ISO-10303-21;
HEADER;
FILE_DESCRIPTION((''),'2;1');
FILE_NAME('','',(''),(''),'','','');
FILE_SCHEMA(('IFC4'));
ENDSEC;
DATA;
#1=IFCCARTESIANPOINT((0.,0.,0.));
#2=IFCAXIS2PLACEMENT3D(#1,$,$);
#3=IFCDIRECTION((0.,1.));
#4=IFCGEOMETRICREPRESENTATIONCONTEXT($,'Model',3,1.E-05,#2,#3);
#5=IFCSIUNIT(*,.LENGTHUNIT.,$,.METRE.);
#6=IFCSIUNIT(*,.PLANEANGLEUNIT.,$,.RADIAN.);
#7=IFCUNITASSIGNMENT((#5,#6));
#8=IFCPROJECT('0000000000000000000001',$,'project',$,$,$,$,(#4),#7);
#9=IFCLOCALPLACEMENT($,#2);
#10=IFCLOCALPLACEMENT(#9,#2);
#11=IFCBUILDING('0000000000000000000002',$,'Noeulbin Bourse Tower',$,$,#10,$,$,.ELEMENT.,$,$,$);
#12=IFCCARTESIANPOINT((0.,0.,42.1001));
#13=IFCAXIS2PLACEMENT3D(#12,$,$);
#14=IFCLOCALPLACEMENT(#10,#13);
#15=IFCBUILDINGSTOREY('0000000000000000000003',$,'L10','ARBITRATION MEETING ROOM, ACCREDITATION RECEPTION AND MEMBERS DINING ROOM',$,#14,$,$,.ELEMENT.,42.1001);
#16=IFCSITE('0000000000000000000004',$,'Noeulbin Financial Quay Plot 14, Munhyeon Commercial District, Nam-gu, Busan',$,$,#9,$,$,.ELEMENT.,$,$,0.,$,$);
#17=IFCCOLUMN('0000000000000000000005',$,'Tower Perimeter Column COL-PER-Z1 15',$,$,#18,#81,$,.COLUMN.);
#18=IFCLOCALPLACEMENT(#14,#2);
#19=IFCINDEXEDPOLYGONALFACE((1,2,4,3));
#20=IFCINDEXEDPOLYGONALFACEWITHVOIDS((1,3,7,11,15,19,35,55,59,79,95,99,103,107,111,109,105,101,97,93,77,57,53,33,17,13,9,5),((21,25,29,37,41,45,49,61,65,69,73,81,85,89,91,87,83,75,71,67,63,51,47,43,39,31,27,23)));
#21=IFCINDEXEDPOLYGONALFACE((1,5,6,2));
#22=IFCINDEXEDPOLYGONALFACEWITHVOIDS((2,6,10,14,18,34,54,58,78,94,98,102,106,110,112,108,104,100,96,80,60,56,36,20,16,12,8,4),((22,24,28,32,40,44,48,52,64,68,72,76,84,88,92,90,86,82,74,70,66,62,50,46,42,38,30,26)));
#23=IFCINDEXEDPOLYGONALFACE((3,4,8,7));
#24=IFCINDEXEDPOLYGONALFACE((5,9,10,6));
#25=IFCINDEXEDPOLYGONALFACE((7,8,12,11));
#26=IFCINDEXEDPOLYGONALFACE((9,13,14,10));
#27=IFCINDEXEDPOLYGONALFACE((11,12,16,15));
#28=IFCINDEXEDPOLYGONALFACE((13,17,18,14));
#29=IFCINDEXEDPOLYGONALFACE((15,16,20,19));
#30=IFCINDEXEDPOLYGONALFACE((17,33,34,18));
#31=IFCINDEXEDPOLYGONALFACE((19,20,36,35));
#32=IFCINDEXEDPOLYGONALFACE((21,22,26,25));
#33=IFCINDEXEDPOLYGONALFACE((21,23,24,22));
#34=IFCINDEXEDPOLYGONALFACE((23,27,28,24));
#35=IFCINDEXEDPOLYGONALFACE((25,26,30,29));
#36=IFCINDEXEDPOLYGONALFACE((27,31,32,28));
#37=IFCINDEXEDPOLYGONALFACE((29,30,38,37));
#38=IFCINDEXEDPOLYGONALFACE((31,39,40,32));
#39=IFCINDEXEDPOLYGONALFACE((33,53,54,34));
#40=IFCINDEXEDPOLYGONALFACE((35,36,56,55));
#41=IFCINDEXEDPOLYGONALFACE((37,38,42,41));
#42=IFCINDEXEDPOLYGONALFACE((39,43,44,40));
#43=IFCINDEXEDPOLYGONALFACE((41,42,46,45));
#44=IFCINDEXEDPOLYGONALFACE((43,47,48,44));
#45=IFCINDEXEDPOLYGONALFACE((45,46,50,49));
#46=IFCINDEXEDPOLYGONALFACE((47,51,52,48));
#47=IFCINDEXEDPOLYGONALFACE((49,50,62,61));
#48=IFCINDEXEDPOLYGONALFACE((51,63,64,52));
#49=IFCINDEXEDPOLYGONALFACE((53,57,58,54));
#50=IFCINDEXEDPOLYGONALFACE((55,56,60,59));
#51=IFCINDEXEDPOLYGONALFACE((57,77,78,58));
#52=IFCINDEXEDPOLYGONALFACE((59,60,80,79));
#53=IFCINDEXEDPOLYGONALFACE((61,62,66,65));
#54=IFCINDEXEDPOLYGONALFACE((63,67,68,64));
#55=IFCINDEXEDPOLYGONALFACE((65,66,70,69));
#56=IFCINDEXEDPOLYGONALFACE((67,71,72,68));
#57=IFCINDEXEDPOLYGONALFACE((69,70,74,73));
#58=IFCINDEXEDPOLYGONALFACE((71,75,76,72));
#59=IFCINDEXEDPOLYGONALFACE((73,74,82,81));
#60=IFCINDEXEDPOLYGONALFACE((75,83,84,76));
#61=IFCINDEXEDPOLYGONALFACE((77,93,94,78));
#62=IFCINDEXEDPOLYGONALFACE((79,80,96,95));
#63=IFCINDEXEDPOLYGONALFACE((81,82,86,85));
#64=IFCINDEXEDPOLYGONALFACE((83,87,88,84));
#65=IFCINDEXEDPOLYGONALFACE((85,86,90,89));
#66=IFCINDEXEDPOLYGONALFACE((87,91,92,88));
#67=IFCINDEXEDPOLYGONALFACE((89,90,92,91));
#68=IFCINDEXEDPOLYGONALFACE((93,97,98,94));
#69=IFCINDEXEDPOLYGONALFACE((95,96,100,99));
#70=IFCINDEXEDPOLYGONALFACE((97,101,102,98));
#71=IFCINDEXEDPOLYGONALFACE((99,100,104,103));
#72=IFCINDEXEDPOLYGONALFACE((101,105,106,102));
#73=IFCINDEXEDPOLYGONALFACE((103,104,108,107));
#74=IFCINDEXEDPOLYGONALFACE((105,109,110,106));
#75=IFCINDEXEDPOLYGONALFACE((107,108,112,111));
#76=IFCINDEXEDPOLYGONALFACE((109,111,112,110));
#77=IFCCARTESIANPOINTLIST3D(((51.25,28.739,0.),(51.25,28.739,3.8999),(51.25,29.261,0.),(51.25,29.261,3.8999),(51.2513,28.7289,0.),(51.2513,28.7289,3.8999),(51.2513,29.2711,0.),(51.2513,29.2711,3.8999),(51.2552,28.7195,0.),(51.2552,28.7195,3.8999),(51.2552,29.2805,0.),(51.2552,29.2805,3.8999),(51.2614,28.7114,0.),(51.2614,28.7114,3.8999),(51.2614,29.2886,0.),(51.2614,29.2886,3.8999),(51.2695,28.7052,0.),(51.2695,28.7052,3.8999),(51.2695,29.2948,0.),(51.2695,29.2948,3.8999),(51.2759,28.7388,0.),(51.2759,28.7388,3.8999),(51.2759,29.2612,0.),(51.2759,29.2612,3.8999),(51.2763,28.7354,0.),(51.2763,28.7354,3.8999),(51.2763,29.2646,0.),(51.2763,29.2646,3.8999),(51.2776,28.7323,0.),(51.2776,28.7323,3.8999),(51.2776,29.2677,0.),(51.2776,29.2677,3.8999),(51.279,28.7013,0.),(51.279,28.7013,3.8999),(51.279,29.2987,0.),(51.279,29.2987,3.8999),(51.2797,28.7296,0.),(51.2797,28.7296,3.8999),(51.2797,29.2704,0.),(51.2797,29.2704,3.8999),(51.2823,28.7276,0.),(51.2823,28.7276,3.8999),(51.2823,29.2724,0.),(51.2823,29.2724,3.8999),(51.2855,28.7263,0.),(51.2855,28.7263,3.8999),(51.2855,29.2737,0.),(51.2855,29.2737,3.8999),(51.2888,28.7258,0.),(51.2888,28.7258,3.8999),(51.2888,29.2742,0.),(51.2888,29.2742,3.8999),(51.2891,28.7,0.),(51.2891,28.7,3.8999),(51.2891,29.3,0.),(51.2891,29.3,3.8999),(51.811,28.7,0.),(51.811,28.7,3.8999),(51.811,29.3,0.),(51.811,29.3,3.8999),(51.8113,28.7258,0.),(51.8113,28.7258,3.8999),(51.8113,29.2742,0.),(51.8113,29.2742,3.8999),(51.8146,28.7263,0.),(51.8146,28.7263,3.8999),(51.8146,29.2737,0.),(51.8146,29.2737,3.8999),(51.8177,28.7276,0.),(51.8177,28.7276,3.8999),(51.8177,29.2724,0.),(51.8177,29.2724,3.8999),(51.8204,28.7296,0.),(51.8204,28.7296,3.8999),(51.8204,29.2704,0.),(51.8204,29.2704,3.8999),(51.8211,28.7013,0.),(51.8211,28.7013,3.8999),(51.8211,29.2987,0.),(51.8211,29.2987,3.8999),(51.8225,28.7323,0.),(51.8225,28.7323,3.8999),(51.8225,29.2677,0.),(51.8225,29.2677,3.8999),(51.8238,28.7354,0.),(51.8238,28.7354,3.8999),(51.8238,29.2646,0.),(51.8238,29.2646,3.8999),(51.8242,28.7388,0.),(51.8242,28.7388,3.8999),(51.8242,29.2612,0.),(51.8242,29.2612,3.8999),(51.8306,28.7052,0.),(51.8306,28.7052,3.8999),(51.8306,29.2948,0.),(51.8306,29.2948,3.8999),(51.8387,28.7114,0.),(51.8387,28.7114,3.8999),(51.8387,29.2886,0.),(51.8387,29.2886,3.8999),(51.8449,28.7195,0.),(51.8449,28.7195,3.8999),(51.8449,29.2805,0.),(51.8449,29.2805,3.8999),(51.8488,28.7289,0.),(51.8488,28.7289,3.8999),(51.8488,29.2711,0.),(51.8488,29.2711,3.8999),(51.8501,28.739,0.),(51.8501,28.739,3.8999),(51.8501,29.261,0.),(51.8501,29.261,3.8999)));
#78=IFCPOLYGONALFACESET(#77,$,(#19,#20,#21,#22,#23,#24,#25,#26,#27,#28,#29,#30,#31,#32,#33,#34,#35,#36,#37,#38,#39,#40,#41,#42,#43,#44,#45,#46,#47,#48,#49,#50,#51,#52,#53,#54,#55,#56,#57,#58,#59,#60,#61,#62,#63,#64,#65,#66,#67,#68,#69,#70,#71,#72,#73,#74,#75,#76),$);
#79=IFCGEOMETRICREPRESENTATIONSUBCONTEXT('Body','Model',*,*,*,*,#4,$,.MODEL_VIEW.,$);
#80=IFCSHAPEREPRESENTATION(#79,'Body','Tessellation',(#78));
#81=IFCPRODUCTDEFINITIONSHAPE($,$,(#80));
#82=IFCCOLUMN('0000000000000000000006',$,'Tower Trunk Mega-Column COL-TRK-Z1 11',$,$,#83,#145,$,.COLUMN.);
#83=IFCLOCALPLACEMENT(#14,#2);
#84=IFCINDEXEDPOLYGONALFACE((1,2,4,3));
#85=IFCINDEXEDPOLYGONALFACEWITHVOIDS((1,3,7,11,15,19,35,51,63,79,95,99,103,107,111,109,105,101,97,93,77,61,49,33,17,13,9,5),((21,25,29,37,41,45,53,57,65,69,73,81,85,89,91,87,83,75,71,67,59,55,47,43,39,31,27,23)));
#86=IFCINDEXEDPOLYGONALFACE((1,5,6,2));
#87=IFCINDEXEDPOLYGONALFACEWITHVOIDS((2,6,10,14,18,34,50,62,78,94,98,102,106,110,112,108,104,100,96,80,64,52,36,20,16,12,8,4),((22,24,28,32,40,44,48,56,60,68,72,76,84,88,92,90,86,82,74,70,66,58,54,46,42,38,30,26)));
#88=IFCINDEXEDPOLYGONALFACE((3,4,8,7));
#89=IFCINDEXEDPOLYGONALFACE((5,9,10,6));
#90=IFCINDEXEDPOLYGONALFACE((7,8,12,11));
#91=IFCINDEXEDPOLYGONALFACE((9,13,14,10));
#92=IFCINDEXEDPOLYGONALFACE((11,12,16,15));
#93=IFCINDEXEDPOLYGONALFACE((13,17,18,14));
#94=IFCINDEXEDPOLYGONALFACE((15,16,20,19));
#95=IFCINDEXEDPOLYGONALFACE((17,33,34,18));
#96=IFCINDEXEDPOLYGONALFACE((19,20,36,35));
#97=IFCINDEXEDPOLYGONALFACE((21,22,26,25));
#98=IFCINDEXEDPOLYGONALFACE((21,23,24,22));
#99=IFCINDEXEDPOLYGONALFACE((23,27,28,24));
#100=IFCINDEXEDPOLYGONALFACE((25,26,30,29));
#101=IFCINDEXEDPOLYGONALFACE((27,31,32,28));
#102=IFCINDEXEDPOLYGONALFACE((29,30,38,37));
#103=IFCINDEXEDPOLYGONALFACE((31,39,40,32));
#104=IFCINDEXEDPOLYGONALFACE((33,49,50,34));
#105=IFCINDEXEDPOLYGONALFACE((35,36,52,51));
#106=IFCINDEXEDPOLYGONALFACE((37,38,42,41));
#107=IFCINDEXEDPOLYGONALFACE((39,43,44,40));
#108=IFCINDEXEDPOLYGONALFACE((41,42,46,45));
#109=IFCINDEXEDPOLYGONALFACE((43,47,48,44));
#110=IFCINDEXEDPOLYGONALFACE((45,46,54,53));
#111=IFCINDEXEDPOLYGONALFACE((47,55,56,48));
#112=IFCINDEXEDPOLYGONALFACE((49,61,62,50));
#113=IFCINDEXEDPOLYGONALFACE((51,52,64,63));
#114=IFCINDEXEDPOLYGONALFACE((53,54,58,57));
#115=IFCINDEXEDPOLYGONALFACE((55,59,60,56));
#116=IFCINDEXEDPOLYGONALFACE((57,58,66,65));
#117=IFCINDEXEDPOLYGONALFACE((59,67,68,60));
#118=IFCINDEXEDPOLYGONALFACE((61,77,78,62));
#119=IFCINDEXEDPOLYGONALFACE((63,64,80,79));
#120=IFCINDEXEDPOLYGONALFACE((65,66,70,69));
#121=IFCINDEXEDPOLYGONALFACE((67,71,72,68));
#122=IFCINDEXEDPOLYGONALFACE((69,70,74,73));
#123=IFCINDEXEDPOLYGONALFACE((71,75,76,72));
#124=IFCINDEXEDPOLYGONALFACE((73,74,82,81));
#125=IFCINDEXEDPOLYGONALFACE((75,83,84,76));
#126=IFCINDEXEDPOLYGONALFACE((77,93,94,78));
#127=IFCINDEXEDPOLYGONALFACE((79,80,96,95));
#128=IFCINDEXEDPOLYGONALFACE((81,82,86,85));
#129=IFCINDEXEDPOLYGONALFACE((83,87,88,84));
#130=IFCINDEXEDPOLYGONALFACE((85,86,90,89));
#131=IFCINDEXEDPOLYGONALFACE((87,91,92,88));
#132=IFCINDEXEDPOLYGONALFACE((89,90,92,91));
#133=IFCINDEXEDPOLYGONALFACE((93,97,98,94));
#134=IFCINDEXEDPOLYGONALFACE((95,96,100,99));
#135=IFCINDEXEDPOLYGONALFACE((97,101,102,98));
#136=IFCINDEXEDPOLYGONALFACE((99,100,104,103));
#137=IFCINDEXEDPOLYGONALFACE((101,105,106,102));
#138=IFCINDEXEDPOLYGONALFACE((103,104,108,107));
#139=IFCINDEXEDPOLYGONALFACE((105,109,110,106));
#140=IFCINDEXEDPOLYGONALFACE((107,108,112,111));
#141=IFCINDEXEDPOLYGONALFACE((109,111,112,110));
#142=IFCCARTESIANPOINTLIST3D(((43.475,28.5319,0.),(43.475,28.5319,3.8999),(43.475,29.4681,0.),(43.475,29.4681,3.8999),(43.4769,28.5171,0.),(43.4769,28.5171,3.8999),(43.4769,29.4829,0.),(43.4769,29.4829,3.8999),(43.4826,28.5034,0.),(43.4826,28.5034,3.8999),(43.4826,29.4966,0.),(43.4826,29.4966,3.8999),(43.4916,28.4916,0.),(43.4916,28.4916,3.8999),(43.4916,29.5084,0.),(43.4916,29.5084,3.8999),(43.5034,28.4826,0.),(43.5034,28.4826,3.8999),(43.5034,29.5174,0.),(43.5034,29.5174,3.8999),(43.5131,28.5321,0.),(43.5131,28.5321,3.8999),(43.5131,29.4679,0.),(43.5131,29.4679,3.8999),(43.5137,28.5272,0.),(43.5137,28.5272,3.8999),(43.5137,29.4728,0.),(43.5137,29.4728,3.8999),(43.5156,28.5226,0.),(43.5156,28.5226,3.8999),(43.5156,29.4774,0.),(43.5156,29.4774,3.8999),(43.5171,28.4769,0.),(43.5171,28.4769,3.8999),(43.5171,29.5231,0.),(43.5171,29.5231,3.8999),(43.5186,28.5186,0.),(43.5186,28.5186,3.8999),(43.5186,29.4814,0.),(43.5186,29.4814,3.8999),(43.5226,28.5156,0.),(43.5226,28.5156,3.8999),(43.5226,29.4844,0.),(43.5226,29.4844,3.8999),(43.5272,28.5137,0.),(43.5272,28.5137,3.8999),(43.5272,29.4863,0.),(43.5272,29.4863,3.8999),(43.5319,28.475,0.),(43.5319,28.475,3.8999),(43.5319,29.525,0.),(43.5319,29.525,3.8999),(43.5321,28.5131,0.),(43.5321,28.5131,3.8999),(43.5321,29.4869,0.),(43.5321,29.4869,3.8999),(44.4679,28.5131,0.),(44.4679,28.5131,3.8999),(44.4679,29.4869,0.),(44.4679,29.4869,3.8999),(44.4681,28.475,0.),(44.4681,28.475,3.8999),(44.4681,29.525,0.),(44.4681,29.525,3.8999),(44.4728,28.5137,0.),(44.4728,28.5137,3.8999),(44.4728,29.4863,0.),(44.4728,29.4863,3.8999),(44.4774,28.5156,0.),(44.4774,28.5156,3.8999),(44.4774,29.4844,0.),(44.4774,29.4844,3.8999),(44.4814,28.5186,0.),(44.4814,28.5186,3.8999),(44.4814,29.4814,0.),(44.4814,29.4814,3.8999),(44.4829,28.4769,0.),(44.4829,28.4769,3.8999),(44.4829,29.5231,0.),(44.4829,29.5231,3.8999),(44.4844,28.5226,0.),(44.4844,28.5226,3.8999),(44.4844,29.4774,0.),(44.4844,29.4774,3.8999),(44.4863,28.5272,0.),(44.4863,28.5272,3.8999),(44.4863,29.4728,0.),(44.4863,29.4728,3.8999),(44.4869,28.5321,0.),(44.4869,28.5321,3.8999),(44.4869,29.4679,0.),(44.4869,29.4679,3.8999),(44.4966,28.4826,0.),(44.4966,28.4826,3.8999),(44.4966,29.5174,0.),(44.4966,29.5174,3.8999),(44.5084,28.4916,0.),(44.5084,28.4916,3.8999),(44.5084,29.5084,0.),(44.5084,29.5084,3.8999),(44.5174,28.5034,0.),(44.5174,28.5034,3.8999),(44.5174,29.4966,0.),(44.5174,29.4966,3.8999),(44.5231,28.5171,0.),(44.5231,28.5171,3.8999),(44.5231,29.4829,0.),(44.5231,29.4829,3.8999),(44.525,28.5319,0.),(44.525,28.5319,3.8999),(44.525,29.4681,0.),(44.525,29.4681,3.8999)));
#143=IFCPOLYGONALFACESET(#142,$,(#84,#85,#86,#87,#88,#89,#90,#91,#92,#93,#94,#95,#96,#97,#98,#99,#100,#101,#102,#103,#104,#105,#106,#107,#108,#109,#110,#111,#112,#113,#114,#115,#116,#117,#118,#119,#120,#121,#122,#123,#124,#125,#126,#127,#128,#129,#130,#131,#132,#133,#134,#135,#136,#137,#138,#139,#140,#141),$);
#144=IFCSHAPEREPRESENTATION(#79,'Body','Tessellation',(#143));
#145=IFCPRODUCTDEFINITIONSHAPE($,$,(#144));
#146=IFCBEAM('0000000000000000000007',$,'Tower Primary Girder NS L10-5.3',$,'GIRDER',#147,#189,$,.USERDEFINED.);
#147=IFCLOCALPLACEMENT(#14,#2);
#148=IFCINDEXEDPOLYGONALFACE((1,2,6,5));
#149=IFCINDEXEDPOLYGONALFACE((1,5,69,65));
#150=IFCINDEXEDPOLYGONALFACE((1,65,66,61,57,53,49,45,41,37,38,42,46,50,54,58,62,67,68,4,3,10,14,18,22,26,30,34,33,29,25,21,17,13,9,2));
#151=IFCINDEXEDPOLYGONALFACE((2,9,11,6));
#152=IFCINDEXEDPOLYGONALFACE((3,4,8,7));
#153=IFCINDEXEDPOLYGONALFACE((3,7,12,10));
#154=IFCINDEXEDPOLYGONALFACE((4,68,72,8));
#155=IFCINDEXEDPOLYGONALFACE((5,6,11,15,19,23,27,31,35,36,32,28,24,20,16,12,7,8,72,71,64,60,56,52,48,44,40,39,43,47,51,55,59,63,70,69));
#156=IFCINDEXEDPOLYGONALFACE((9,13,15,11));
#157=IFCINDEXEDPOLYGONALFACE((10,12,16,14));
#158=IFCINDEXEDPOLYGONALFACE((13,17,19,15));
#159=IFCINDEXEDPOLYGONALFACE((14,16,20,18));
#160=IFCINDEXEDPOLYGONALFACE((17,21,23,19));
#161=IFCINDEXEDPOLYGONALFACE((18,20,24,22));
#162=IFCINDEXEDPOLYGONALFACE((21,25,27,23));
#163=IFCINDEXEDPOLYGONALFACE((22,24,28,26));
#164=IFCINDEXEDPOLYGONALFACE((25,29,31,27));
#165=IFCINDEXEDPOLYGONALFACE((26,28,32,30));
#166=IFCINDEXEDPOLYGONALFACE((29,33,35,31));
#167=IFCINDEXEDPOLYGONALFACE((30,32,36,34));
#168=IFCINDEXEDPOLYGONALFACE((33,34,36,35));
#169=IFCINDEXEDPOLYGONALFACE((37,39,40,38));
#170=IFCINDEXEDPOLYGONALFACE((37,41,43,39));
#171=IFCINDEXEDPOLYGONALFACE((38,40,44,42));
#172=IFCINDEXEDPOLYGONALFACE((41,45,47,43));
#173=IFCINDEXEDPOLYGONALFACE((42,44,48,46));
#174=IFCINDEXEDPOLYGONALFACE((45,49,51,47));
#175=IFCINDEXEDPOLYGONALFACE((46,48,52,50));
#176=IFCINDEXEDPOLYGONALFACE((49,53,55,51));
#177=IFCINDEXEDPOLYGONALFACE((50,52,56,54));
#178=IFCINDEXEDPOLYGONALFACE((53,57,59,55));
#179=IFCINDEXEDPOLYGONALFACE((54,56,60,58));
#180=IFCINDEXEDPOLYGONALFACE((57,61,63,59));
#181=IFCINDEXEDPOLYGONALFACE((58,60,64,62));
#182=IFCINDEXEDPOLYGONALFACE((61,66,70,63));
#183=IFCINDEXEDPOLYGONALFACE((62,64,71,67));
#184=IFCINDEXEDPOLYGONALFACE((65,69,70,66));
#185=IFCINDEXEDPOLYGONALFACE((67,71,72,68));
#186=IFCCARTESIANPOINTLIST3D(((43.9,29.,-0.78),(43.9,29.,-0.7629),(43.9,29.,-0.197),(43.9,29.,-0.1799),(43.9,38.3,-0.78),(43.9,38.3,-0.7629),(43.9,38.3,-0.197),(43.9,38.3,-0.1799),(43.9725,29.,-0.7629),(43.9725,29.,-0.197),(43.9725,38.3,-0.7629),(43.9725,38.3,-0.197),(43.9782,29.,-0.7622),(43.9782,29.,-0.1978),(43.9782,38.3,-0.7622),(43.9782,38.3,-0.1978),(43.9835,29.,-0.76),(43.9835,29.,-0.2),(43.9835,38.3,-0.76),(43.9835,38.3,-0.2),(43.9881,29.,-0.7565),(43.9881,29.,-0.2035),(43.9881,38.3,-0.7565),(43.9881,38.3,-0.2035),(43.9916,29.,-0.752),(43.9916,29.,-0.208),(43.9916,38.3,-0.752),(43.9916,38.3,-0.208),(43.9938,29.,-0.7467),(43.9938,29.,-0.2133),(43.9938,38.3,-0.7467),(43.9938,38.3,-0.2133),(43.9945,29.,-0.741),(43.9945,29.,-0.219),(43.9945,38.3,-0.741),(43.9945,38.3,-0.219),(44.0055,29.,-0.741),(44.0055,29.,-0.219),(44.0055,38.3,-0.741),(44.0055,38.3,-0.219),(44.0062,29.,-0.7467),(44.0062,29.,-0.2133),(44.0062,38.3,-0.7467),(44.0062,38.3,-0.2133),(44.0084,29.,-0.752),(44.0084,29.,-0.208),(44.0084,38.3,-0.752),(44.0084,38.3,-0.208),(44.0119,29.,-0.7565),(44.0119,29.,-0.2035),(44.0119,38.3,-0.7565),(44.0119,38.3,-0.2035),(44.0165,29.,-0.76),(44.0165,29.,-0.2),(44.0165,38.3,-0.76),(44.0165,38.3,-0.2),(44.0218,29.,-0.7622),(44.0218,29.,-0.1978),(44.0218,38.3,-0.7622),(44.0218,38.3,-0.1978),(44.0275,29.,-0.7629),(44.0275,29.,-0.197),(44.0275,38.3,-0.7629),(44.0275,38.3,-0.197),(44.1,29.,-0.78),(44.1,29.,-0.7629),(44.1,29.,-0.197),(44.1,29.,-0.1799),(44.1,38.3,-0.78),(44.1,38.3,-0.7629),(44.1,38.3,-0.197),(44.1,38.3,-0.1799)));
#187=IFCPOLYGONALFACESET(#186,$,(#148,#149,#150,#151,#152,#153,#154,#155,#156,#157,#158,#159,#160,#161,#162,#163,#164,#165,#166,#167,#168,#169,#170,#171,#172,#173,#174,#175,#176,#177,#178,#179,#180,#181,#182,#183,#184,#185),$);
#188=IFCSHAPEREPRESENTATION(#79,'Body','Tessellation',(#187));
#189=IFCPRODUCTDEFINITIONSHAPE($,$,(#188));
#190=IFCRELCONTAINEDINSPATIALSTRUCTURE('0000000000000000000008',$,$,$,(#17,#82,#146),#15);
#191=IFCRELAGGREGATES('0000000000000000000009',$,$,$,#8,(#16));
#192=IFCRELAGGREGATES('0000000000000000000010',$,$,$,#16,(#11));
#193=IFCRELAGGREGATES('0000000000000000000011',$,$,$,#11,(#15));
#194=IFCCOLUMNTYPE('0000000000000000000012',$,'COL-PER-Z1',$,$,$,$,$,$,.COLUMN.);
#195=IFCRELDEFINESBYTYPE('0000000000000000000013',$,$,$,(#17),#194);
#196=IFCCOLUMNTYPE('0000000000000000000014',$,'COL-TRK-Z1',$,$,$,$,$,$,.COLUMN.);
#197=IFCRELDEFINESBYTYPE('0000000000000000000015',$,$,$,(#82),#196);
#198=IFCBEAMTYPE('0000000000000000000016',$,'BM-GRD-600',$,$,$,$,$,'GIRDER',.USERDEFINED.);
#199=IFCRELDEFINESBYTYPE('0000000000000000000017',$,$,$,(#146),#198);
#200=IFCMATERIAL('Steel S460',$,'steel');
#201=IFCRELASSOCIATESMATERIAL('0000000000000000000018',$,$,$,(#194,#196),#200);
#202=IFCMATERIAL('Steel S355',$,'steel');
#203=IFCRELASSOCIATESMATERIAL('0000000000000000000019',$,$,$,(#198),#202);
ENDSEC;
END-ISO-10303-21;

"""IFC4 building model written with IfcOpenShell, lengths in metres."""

from ifc_helpers import new_model, si_unit, direction, frame, origin, origin_2d, place, context, subcontext, project, spatial, hollow_rectangle, i_section, extrude, material, material_profile, profile_set, type_object, element, save


model = new_model("IFC4")

# Units and contexts
model_context = context("Model", 3, precision=1e-05, world=origin(), true_north=direction((0.0, 1.0)))
body_context = subcontext(model_context, "Body", "Model", "MODEL_VIEW")
ifc_project = project(units=[si_unit("LENGTHUNIT", "METRE"), si_unit("PLANEANGLEUNIT", "RADIAN")], contexts=[model_context])

# Site, building, storey
site_placement = place(None, origin())
site = spatial("IfcSite", under=ifc_project, at=site_placement, Name="Noeulbin Financial Quay Plot 14, Munhyeon Commercial District, Nam-gu, Busan", CompositionType="ELEMENT", RefElevation=0.0)
building_placement = place(site_placement, origin())
building = spatial("IfcBuilding", under=site, at=building_placement, Name="Noeulbin Bourse Tower", CompositionType="ELEMENT")
storey_placement = place(building_placement, frame((0.0, 0.0, 42.1001)))
storey = spatial("IfcBuildingStorey", under=building, at=storey_placement, Name="L10", Description="ARBITRATION MEETING ROOM, ACCREDITATION RECEPTION AND MEMBERS DINING ROOM", CompositionType="ELEMENT", Elevation=42.1001)

# Columns
ifc_material_1 = material(Name="Steel S460", Category="steel")
ifc_material_profile_1 = material_profile(ifc_material_1, hollow_rectangle(XDim=0.6001, YDim=0.6001, WallThickness=0.0259, InnerFilletRadius=0.0129, OuterFilletRadius=0.0391, at=origin_2d()), Name="BOX-600x600x26", Category="LoadBearing")
ifc_profile_set_1 = profile_set([ifc_material_profile_1], Name="Steel S460")
column_type_1 = type_object("IfcColumnType", Name="COL-PER-Z1", PredefinedType="COLUMN", material=ifc_profile_set_1)
column_1_placement = place(storey_placement, frame((51.55, 29.0, 0.0), z_axis=(0.0, 0.0, 1.0), x_axis=(1.0, 0.0, 0.0)))
element("IfcColumn", 1, at=column_1_placement, inside=storey, type_object=column_type_1, Name="Tower Perimeter Column COL-PER-Z1 15", PredefinedType="COLUMN", context=body_context, shape_type="SweptSolid", body=[
    extrude(hollow_rectangle(XDim=0.6001, YDim=0.6001, WallThickness=0.0259, InnerFilletRadius=0.0129, OuterFilletRadius=0.0391, at=origin_2d()), origin(), (0.0, 0.0, 1.0), 3.8999),
])
ifc_material_profile_2 = material_profile(ifc_material_1, hollow_rectangle(XDim=1.05, YDim=1.05, WallThickness=0.0381, InnerFilletRadius=0.019, OuterFilletRadius=0.0569, at=origin_2d()), Name="BOX-1050x1050x38", Category="LoadBearing")
ifc_profile_set_2 = profile_set([ifc_material_profile_2], Name="Steel S460")
column_type_2 = type_object("IfcColumnType", Name="COL-TRK-Z1", PredefinedType="COLUMN", material=ifc_profile_set_2)
column_2_placement = place(storey_placement, frame((44.0, 29.0, 0.0), z_axis=(0.0, 0.0, 1.0), x_axis=(1.0, 0.0, 0.0)))
element("IfcColumn", 2, at=column_2_placement, inside=storey, type_object=column_type_2, Name="Tower Trunk Mega-Column COL-TRK-Z1 11", PredefinedType="COLUMN", context=body_context, shape_type="SweptSolid", body=[
    extrude(hollow_rectangle(XDim=1.05, YDim=1.05, WallThickness=0.0381, InnerFilletRadius=0.019, OuterFilletRadius=0.0569, at=origin_2d()), origin(), (0.0, 0.0, 1.0), 3.8999),
])

# Beam
ifc_material_2 = material(Name="Steel S355", Category="steel")
ifc_material_profile_3 = material_profile(ifc_material_2, i_section(OverallWidth=0.2, OverallDepth=0.6001, WebThickness=0.011, FlangeThickness=0.0171, FilletRadius=0.022, at=origin_2d()), Name="H-600x200x11x17", Category="LoadBearing")
ifc_profile_set_3 = profile_set([ifc_material_profile_3], Name="Steel S355")
beam_type_1 = type_object("IfcBeamType", Name="BM-GRD-600", ElementType="GIRDER", PredefinedType="USERDEFINED", material=ifc_profile_set_3)
beam_1_placement = place(storey_placement, frame((44.0, 29.0, -0.48), z_axis=(0.0, 1.0, 0.0), x_axis=(-1.0, 0.0, 0.0)))
element("IfcBeam", 3, at=beam_1_placement, inside=storey, type_object=beam_type_1, Name="Tower Primary Girder NS L10-5.3", ObjectType="GIRDER", PredefinedType="USERDEFINED", context=body_context, shape_type="SweptSolid", body=[
    extrude(i_section(OverallWidth=0.2, OverallDepth=0.6001, WebThickness=0.011, FlangeThickness=0.0171, FilletRadius=0.022, at=origin_2d()), origin(), (0.0, 0.0, 1.0), 9.3),
])

save(model, "model.ifc")
